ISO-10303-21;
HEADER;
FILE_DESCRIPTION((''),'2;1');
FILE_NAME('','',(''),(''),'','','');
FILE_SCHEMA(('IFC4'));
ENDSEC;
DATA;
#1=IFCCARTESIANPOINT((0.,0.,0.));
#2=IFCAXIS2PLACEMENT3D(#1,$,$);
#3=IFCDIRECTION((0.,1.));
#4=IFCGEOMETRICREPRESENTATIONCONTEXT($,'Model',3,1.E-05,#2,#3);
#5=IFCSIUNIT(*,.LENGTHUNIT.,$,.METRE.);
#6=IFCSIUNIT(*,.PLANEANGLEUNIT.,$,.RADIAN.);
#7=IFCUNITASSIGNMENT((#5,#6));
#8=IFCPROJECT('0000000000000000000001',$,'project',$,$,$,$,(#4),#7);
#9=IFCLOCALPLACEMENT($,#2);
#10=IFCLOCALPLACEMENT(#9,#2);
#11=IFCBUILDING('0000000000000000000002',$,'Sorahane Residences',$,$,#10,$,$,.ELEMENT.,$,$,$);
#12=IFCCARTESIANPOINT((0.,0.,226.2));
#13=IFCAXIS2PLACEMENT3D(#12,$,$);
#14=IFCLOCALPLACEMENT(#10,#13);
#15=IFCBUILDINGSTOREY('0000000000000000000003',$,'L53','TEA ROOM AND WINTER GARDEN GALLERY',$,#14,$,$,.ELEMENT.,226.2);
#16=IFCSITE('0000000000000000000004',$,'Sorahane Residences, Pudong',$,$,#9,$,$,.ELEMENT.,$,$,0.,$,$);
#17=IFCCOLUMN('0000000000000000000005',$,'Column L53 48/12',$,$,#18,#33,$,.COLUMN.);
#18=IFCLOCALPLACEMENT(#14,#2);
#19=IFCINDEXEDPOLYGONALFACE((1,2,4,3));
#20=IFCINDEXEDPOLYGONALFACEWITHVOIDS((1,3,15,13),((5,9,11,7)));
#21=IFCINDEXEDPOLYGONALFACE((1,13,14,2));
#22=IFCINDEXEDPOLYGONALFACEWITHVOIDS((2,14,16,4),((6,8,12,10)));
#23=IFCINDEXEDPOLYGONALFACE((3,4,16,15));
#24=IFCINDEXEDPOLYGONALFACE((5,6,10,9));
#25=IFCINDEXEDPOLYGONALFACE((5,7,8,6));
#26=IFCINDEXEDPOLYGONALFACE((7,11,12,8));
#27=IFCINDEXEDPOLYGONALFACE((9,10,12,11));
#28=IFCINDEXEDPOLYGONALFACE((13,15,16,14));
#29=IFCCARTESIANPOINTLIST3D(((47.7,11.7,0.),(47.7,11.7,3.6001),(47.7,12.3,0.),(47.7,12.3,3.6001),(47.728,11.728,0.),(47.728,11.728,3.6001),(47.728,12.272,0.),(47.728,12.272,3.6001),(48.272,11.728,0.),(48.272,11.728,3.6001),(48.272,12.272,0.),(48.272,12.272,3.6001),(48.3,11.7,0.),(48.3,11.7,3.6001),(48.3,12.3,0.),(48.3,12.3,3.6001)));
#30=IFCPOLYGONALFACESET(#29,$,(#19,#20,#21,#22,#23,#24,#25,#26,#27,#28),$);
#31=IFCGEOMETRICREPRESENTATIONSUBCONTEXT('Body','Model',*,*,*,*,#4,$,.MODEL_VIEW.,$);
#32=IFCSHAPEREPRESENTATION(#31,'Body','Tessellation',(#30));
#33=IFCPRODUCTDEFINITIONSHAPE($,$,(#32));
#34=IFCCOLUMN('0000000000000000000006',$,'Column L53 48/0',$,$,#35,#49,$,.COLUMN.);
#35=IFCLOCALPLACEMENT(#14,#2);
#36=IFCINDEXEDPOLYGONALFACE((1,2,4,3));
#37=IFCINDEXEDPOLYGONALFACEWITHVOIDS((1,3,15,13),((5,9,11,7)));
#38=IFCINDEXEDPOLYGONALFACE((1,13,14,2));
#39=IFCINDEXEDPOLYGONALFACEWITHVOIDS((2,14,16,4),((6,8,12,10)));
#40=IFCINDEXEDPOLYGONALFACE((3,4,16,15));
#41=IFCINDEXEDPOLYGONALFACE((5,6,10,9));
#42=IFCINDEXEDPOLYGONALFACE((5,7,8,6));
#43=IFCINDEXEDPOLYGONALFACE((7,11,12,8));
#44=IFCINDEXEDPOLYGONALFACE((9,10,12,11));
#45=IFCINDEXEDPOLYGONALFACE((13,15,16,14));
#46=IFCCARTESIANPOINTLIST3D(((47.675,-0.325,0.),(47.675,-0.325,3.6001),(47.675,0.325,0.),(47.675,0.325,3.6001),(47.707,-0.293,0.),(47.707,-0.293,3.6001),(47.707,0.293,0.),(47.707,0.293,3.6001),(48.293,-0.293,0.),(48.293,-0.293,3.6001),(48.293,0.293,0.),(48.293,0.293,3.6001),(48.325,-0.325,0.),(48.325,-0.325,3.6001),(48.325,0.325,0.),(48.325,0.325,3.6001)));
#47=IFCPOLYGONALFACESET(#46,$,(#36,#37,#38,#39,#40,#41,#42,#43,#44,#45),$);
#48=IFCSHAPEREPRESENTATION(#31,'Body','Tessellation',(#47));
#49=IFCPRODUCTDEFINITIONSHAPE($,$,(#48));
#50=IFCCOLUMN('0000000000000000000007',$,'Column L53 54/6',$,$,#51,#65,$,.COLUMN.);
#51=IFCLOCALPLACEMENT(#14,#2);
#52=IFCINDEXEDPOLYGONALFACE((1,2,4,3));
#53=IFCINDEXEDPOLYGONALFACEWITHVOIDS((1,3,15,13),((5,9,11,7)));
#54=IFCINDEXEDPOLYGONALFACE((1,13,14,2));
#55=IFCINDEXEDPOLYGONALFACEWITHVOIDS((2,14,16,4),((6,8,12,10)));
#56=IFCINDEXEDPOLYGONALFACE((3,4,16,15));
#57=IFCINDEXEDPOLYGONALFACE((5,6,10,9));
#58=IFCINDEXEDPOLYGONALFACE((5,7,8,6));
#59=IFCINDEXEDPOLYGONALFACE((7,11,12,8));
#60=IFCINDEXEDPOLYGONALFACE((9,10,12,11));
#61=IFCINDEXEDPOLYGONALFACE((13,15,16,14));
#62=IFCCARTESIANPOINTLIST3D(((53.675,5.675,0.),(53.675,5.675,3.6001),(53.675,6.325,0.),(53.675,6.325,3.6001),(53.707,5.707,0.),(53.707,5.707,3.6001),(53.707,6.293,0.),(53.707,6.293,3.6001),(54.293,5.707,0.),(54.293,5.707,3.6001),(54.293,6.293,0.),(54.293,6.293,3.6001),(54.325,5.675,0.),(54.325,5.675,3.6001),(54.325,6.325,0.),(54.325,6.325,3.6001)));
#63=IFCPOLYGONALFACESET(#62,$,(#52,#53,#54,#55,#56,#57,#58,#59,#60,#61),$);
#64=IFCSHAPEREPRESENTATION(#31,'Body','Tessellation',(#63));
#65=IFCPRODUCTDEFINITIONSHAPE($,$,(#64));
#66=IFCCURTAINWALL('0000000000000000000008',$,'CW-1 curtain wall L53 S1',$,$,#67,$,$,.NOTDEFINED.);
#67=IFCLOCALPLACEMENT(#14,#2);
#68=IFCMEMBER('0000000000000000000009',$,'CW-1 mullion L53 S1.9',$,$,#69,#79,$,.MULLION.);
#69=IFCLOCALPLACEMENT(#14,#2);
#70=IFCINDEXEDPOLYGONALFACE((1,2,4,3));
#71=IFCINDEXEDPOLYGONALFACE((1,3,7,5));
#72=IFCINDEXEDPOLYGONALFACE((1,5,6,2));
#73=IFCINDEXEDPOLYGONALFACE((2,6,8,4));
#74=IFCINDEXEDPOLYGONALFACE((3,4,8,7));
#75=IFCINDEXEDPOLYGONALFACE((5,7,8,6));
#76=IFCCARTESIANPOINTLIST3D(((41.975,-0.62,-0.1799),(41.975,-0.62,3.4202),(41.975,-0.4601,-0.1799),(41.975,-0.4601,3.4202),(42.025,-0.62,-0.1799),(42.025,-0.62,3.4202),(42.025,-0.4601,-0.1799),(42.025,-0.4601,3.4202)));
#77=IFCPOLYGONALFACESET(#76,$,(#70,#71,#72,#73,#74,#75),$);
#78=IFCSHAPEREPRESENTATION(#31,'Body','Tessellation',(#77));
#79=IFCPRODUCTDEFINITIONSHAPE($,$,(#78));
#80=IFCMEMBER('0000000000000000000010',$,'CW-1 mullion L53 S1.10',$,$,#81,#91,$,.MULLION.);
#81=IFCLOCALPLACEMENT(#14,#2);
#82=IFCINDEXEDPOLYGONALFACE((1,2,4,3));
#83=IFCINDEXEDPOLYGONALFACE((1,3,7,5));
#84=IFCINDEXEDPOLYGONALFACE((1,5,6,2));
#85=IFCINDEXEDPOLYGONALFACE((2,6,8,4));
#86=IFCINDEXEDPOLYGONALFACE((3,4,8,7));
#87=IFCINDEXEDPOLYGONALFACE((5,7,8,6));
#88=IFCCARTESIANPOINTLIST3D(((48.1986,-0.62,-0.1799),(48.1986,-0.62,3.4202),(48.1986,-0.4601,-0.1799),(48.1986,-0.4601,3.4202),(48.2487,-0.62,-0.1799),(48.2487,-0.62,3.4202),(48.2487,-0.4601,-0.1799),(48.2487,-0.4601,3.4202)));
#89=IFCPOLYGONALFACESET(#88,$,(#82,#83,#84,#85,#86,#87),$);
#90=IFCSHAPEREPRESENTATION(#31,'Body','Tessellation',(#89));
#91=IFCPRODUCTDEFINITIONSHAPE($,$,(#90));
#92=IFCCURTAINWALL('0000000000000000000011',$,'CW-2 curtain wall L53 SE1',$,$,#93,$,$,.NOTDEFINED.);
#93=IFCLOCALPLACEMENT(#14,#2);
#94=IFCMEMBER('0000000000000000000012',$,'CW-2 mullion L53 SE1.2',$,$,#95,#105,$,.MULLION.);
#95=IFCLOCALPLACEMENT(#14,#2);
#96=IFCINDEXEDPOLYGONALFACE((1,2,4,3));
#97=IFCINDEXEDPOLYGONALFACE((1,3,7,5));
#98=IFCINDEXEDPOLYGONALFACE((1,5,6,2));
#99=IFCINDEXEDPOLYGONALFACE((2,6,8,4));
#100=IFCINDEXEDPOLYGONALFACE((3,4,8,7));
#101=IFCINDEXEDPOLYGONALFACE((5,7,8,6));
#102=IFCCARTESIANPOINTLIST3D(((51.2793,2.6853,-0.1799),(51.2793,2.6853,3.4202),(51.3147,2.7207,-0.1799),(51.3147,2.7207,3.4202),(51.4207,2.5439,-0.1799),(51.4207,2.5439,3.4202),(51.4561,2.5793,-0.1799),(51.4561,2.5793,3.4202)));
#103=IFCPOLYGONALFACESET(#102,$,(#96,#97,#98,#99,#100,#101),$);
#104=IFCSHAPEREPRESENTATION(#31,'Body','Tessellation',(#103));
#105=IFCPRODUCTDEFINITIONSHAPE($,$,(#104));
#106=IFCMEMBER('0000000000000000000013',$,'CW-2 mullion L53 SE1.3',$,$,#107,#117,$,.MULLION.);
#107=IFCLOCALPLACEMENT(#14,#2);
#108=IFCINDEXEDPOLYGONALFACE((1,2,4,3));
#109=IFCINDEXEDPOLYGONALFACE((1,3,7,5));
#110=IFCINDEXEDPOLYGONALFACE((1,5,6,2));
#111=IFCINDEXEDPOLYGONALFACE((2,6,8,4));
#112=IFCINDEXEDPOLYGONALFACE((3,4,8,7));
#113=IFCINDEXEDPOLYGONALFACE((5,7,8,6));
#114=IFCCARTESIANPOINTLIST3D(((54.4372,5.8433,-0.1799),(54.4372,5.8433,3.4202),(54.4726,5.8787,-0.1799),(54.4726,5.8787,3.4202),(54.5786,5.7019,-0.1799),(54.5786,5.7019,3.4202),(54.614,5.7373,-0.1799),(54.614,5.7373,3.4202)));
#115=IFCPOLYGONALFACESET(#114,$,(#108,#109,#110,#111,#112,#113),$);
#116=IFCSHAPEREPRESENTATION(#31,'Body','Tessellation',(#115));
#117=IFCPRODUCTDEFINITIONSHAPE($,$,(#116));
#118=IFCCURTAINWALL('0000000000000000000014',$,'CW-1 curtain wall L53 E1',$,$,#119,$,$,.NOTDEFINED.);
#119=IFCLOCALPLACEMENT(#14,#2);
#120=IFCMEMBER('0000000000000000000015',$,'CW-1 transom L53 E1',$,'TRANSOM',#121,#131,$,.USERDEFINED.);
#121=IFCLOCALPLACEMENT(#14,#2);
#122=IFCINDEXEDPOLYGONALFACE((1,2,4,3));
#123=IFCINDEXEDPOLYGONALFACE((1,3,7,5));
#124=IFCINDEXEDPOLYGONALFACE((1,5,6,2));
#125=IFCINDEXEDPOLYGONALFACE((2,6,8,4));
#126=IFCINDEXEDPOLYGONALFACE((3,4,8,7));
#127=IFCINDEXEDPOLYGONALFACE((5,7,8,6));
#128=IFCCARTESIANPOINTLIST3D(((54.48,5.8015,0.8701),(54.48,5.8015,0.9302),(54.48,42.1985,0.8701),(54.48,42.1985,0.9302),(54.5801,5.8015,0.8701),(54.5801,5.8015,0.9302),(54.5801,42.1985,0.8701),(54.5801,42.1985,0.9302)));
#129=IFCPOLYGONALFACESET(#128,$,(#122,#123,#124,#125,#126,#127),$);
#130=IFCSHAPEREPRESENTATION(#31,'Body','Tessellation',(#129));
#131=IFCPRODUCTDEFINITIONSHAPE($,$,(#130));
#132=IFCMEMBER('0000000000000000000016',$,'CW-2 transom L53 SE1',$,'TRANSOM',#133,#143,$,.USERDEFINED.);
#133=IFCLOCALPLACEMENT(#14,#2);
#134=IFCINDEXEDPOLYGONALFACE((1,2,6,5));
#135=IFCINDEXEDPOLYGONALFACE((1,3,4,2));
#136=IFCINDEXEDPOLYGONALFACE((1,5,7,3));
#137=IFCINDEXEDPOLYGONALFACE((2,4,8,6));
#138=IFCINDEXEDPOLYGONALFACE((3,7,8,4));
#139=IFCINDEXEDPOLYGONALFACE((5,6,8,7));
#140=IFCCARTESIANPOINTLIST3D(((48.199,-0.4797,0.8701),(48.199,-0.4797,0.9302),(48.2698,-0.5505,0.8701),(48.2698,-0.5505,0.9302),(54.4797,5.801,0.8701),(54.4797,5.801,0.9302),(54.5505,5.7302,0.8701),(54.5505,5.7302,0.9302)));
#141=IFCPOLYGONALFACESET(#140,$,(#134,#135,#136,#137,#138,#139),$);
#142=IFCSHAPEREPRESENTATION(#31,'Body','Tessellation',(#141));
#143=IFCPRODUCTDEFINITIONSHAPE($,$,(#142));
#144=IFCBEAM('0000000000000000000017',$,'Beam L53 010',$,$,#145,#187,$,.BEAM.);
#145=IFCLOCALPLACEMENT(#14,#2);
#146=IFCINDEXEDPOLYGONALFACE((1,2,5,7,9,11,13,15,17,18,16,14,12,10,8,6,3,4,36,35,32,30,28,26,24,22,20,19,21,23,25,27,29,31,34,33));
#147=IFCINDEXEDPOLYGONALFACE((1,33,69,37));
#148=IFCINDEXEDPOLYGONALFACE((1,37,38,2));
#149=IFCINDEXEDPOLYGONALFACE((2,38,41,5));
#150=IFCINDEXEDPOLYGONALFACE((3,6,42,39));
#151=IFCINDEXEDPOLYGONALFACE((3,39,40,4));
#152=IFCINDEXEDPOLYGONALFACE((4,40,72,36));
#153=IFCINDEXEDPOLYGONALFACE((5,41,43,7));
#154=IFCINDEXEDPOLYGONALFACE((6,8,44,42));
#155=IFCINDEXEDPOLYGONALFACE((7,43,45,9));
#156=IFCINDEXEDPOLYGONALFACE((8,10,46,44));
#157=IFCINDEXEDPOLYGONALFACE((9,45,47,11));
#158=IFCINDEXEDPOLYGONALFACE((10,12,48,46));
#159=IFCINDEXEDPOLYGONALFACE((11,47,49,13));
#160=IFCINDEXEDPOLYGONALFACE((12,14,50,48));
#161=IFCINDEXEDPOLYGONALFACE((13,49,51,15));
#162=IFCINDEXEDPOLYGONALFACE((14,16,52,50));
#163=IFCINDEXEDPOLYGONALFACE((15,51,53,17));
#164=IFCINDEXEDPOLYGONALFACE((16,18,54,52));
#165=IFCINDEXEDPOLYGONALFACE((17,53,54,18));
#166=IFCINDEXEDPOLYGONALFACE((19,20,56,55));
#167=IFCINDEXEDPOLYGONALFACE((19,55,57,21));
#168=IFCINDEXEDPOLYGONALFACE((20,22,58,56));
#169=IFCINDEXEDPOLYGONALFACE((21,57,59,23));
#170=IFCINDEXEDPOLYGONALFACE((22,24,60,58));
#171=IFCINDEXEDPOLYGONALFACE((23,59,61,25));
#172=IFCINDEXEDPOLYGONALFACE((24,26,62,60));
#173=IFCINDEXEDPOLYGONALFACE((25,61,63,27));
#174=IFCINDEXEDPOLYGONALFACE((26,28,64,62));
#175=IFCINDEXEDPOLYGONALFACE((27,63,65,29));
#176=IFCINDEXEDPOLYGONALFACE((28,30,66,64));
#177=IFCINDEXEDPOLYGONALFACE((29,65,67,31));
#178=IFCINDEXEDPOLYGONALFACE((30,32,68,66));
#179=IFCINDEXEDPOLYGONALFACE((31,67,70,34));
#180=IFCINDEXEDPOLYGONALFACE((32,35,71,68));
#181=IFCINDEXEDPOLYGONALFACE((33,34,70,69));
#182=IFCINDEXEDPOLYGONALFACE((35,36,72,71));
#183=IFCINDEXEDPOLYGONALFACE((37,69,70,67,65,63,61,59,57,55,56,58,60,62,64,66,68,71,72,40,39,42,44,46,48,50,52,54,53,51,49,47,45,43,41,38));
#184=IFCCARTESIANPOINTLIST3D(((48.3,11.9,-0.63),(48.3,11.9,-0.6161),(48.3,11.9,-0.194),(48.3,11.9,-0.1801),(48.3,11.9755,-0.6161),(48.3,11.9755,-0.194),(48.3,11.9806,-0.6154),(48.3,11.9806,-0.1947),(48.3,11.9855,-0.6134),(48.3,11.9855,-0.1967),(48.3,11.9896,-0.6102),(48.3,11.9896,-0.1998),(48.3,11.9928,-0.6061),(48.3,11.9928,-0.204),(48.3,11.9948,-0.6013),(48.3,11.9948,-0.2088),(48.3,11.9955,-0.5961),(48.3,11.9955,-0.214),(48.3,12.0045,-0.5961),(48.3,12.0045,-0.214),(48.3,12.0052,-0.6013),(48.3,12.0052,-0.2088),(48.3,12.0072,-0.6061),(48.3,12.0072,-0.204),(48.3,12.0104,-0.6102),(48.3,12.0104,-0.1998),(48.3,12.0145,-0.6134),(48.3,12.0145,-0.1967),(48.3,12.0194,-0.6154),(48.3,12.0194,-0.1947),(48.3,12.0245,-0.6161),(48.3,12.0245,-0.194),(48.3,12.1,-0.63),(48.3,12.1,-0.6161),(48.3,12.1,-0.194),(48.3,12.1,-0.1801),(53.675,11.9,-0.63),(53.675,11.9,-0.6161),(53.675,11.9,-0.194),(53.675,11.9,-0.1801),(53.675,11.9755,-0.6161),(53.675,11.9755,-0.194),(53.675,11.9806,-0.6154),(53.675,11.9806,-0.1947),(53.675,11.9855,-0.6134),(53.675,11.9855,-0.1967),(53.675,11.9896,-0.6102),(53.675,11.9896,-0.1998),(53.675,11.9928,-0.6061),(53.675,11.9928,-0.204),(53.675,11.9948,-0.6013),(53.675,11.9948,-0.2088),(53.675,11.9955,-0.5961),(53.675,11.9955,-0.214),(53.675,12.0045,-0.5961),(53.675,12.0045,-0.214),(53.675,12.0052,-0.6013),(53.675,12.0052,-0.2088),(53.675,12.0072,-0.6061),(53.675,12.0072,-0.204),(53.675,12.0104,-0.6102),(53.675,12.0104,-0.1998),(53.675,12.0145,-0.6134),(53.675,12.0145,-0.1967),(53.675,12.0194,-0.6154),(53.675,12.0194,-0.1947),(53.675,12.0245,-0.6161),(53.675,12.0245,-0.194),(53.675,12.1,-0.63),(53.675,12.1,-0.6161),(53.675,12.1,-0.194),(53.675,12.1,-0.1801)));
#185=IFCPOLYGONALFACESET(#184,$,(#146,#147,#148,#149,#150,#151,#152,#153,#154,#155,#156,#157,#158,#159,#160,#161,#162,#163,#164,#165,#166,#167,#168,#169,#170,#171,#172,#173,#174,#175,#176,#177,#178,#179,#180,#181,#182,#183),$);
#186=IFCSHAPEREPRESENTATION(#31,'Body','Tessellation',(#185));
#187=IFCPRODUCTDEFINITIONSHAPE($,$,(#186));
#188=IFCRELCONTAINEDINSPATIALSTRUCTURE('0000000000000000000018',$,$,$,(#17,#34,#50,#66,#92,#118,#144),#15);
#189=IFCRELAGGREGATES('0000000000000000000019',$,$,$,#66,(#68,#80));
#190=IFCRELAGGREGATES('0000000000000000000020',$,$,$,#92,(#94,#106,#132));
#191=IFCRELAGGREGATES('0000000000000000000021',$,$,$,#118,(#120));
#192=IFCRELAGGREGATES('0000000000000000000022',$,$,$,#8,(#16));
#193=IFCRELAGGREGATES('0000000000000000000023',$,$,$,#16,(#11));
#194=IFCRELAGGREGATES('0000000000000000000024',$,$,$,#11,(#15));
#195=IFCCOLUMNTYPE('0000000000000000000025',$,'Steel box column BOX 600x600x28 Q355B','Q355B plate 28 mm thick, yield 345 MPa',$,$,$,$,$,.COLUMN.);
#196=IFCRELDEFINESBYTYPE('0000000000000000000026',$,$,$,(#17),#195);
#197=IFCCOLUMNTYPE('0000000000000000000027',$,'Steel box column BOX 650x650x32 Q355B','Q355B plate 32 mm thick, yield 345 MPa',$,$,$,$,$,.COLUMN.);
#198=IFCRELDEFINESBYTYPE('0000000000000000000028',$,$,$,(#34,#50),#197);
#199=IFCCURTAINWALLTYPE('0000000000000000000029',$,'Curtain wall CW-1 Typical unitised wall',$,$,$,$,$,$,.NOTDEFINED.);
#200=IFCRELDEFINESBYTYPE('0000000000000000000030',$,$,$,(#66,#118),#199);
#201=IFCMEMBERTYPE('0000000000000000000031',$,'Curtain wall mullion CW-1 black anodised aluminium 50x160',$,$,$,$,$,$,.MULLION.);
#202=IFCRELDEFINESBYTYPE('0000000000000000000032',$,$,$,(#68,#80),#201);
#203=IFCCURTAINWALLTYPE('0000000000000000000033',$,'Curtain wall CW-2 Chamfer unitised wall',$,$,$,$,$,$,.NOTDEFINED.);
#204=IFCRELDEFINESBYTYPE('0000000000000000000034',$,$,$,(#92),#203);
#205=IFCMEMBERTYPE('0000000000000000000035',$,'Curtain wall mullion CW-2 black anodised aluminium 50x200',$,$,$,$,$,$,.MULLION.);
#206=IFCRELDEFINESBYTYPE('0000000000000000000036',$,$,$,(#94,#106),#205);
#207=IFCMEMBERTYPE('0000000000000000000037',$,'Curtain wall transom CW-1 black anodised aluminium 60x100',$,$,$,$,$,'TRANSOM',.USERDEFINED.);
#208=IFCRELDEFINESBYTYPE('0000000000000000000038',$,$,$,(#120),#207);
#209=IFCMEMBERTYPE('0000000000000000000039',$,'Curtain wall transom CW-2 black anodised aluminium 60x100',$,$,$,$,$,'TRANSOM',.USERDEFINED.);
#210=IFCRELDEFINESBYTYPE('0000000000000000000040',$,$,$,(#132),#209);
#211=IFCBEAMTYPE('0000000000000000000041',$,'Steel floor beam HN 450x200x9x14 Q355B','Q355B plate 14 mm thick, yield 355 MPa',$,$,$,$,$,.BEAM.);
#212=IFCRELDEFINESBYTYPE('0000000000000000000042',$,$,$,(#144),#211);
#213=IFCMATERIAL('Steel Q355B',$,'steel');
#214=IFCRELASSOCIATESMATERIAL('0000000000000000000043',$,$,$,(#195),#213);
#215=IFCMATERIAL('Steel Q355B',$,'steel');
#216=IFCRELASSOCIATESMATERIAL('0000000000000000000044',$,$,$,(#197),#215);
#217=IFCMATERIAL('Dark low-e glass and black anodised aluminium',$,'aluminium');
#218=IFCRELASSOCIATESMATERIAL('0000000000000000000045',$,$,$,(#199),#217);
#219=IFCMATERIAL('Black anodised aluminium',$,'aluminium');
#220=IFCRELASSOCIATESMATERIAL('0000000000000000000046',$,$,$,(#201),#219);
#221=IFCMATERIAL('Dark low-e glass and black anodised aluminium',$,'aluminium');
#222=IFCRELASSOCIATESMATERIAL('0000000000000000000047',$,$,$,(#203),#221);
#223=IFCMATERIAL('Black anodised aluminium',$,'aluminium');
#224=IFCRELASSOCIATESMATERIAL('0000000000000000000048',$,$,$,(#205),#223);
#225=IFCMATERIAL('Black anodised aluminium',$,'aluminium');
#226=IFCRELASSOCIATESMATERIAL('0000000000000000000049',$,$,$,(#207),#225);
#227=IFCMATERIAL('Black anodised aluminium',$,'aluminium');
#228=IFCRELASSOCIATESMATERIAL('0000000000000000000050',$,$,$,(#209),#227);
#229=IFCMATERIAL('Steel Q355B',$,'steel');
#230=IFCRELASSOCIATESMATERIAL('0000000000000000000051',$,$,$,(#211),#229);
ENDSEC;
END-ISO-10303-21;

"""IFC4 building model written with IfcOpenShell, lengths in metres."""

from ifc_helpers import new_model, si_unit, direction, frame, origin, origin_2d, place, context, subcontext, project, spatial, rectangle, hollow_rectangle, i_section, extrude, material, material_profile, profile_set, type_object, element, aggregate, save


model = new_model("IFC4")

# Units and contexts
model_context = context("Model", 3, precision=1e-05, world=origin(), true_north=direction((0.0, 1.0)))
body_context = subcontext(model_context, "Body", "Model", "MODEL_VIEW")
ifc_project = project(units=[si_unit("LENGTHUNIT", "METRE"), si_unit("PLANEANGLEUNIT", "RADIAN")], contexts=[model_context])

# Site, building, storey
site_placement = place(None, origin())
site = spatial("IfcSite", under=ifc_project, at=site_placement, Name="Sorahane Residences, Pudong", CompositionType="ELEMENT", RefElevation=0.0)
building_placement = place(site_placement, origin())
building = spatial("IfcBuilding", under=site, at=building_placement, Name="Sorahane Residences", CompositionType="ELEMENT")
storey_placement = place(building_placement, frame((0.0, 0.0, 226.2)))
storey = spatial("IfcBuildingStorey", under=building, at=storey_placement, Name="L53", Description="TEA ROOM AND WINTER GARDEN GALLERY", CompositionType="ELEMENT", Elevation=226.2)

# Columns
ifc_material_1 = material(Name="Steel Q355B", Category="steel")
ifc_material_profile_1 = material_profile(ifc_material_1, hollow_rectangle(XDim=0.6001, YDim=0.6001, WallThickness=0.0281, at=origin_2d()), Name="BOX 600x600x28")
ifc_profile_set_1 = profile_set([ifc_material_profile_1], Name="Steel Q355B")
column_type_1 = type_object("IfcColumnType", Name="Steel box column BOX 600x600x28 Q355B", Description="Q355B plate 28 mm thick, yield 345 MPa", PredefinedType="COLUMN", material=ifc_profile_set_1)
column_placement = place(storey_placement, frame((48.0, 12.0, 0.0), z_axis=(0.0, 0.0, 1.0), x_axis=(1.0, 0.0, 0.0)))
element("IfcColumn", 1, at=column_placement, inside=storey, type_object=column_type_1, Name="Column L53 48/12", PredefinedType="COLUMN", context=body_context, shape_type="SweptSolid", body=[
    extrude(hollow_rectangle(XDim=0.6001, YDim=0.6001, WallThickness=0.0281, at=origin_2d()), origin(), (0.0, 0.0, 1.0), 3.6001),
])
ifc_material_2 = material(Name="Steel Q355B", Category="steel")
ifc_material_profile_2 = material_profile(ifc_material_2, hollow_rectangle(XDim=0.6499, YDim=0.6499, WallThickness=0.032, at=origin_2d()), Name="BOX 650x650x32")
ifc_profile_set_2 = profile_set([ifc_material_profile_2], Name="Steel Q355B")
column_type_2 = type_object("IfcColumnType", Name="Steel box column BOX 650x650x32 Q355B", Description="Q355B plate 32 mm thick, yield 345 MPa", PredefinedType="COLUMN", material=ifc_profile_set_2)
for number, where, z_axis, x_axis, name in (
    (2, (48.0, 0.0, 0.0), (0.0, 0.0, 1.0), (1.0, 0.0, 0.0), "Column L53 48/0"),
    (3, (54.0, 6.0, 0.0), (0.0, 0.0, 1.0), (1.0, 0.0, 0.0), "Column L53 54/6"),
):
    element("IfcColumn", number, at=place(storey_placement, frame(where, z_axis=z_axis, x_axis=x_axis)), inside=storey, type_object=column_type_2, Name=name, PredefinedType="COLUMN", context=body_context, shape_type="SweptSolid", body=[
        extrude(hollow_rectangle(XDim=0.6499, YDim=0.6499, WallThickness=0.032, at=origin_2d()), origin(), (0.0, 0.0, 1.0), 3.6001),
    ])

# Curtain walls, members
ifc_material_3 = material(Name="Dark low-e glass and black anodised aluminium", Category="aluminium")
curtain_wall_type_1 = type_object("IfcCurtainWallType", Name="Curtain wall CW-1 Typical unitised wall", PredefinedType="NOTDEFINED", material=ifc_material_3)
curtain_wall_1_placement = place(storey_placement, origin())
curtain_wall_1 = element("IfcCurtainWall", 4, at=curtain_wall_1_placement, inside=storey, type_object=curtain_wall_type_1, Name="CW-1 curtain wall L53 S1", PredefinedType="NOTDEFINED")
ifc_material_4 = material(Name="Black anodised aluminium", Category="aluminium")
ifc_material_profile_3 = material_profile(ifc_material_4, rectangle(XDim=0.1599, YDim=0.05, at=origin_2d()), Name="Curtain wall mullion CW-1 black anodised aluminium 50x160")
ifc_profile_set_3 = profile_set([ifc_material_profile_3], Name="Black anodised aluminium")
member_type_1 = type_object("IfcMemberType", Name="Curtain wall mullion CW-1 black anodised aluminium 50x160", PredefinedType="MULLION", material=ifc_profile_set_3)
member_1_placement = place(storey_placement, frame((42.0, -0.54, -0.1799), z_axis=(0.0, 0.0, 1.0), x_axis=(0.0, -1.0, 0.0)))
member_1 = element("IfcMember", 5, at=member_1_placement, type_object=member_type_1, Name="CW-1 mullion L53 S1.9", PredefinedType="MULLION", context=body_context, shape_type="SweptSolid", body=[
    extrude(rectangle(XDim=0.1599, YDim=0.05, at=origin_2d()), origin(), (0.0, 0.0, 1.0), 3.6001),
])
member_2_placement = place(storey_placement, frame((48.2236, -0.54, -0.1799), z_axis=(0.0, 0.0, 1.0), x_axis=(0.0, -1.0, 0.0)))
member_2 = element("IfcMember", 6, at=member_2_placement, type_object=member_type_1, Name="CW-1 mullion L53 S1.10", PredefinedType="MULLION", context=body_context, shape_type="SweptSolid", body=[
    extrude(rectangle(XDim=0.1599, YDim=0.05, at=origin_2d()), origin(), (0.0, 0.0, 1.0), 3.6001),
])
ifc_material_5 = material(Name="Dark low-e glass and black anodised aluminium", Category="aluminium")
curtain_wall_type_2 = type_object("IfcCurtainWallType", Name="Curtain wall CW-2 Chamfer unitised wall", PredefinedType="NOTDEFINED", material=ifc_material_5)
curtain_wall_2_placement = place(storey_placement, origin())
curtain_wall_2 = element("IfcCurtainWall", 7, at=curtain_wall_2_placement, inside=storey, type_object=curtain_wall_type_2, Name="CW-2 curtain wall L53 SE1", PredefinedType="NOTDEFINED")
ifc_material_6 = material(Name="Black anodised aluminium", Category="aluminium")
ifc_material_profile_4 = material_profile(ifc_material_6, rectangle(XDim=0.2, YDim=0.05, at=origin_2d()), Name="Curtain wall mullion CW-2 black anodised aluminium 50x200")
ifc_profile_set_4 = profile_set([ifc_material_profile_4], Name="Black anodised aluminium")
member_type_2 = type_object("IfcMemberType", Name="Curtain wall mullion CW-2 black anodised aluminium 50x200", PredefinedType="MULLION", material=ifc_profile_set_4)
member_3_placement = place(storey_placement, frame((51.3677, 2.6323, -0.1799), z_axis=(0.0, 0.0, 1.0), x_axis=(0.707107, -0.707107, 0.0)))
member_3 = element("IfcMember", 8, at=member_3_placement, type_object=member_type_2, Name="CW-2 mullion L53 SE1.2", PredefinedType="MULLION", context=body_context, shape_type="SweptSolid", body=[
    extrude(rectangle(XDim=0.2, YDim=0.05, at=origin_2d()), origin(), (0.0, 0.0, 1.0), 3.6001),
])
member_4_placement = place(storey_placement, frame((54.5256, 5.7903, -0.1799), z_axis=(0.0, 0.0, 1.0), x_axis=(0.707107, -0.707107, 0.0)))
member_4 = element("IfcMember", 9, at=member_4_placement, type_object=member_type_2, Name="CW-2 mullion L53 SE1.3", PredefinedType="MULLION", context=body_context, shape_type="SweptSolid", body=[
    extrude(rectangle(XDim=0.2, YDim=0.05, at=origin_2d()), origin(), (0.0, 0.0, 1.0), 3.6001),
])

# Curtain wall, member
curtain_wall_3_placement = place(storey_placement, origin())
curtain_wall_3 = element("IfcCurtainWall", 10, at=curtain_wall_3_placement, inside=storey, type_object=curtain_wall_type_1, Name="CW-1 curtain wall L53 E1", PredefinedType="NOTDEFINED")
ifc_material_7 = material(Name="Black anodised aluminium", Category="aluminium")
ifc_material_profile_5 = material_profile(ifc_material_7, rectangle(XDim=0.1001, YDim=0.0601, at=origin_2d()), Name="Curtain wall transom CW-1 black anodised aluminium 60x100")
ifc_profile_set_5 = profile_set([ifc_material_profile_5], Name="Black anodised aluminium")
member_type_3 = type_object("IfcMemberType", Name="Curtain wall transom CW-1 black anodised aluminium 60x100", ElementType="TRANSOM", PredefinedType="USERDEFINED", material=ifc_profile_set_5)
member_5_placement = place(storey_placement, frame((54.53, 5.8015, 0.9001), z_axis=(0.0, 1.0, 0.0), x_axis=(-1.0, 0.0, 0.0)))
member_5 = element("IfcMember", 11, at=member_5_placement, type_object=member_type_3, Name="CW-1 transom L53 E1", ObjectType="TRANSOM", PredefinedType="USERDEFINED", context=body_context, shape_type="SweptSolid", body=[
    extrude(rectangle(XDim=0.1001, YDim=0.0601, at=origin_2d()), origin(), (0.0, 0.0, 1.0), 36.397),
])

# Member
ifc_material_8 = material(Name="Black anodised aluminium", Category="aluminium")
ifc_material_profile_6 = material_profile(ifc_material_8, rectangle(XDim=0.1001, YDim=0.0601, at=origin_2d()), Name="Curtain wall transom CW-2 black anodised aluminium 60x100")
ifc_profile_set_6 = profile_set([ifc_material_profile_6], Name="Black anodised aluminium")
member_type_4 = type_object("IfcMemberType", Name="Curtain wall transom CW-2 black anodised aluminium 60x100", ElementType="TRANSOM", PredefinedType="USERDEFINED", material=ifc_profile_set_6)
member_6_placement = place(storey_placement, frame((48.2344, -0.5151, 0.9001), z_axis=(0.707107, 0.707107, 0.0), x_axis=(-0.707107, 0.707107, 0.0)))
member_6 = element("IfcMember", 12, at=member_6_placement, type_object=member_type_4, Name="CW-2 transom L53 SE1", ObjectType="TRANSOM", PredefinedType="USERDEFINED", context=body_context, shape_type="SweptSolid", body=[
    extrude(rectangle(XDim=0.1001, YDim=0.0601, at=origin_2d()), origin(), (0.0, 0.0, 1.0), 8.8823),
])

# Beam
ifc_material_9 = material(Name="Steel Q355B", Category="steel")
ifc_material_profile_7 = material_profile(ifc_material_9, i_section(OverallWidth=0.2, OverallDepth=0.45, WebThickness=0.009, FlangeThickness=0.0139, FilletRadius=0.02, at=origin_2d()), Name="HN 450x200x9x14")
ifc_profile_set_7 = profile_set([ifc_material_profile_7], Name="Steel Q355B")
beam_type_1 = type_object("IfcBeamType", Name="Steel floor beam HN 450x200x9x14 Q355B", Description="Q355B plate 14 mm thick, yield 355 MPa", PredefinedType="BEAM", material=ifc_profile_set_7)
beam_1_placement = place(storey_placement, frame((48.3, 12.0, -0.405), z_axis=(1.0, 0.0, 0.0), x_axis=(0.0, 1.0, 0.0)))
element("IfcBeam", 13, at=beam_1_placement, inside=storey, type_object=beam_type_1, Name="Beam L53 010", PredefinedType="BEAM", context=body_context, shape_type="SweptSolid", body=[
    extrude(i_section(OverallWidth=0.2, OverallDepth=0.45, WebThickness=0.009, FlangeThickness=0.0139, FilletRadius=0.02, at=origin_2d()), origin(), (0.0, 0.0, 1.0), 5.375),
])

aggregate(curtain_wall_1, [member_1, member_2])
aggregate(curtain_wall_2, [member_3, member_4, member_6])
aggregate(curtain_wall_3, [member_5])

save(model, "model.ifc")
